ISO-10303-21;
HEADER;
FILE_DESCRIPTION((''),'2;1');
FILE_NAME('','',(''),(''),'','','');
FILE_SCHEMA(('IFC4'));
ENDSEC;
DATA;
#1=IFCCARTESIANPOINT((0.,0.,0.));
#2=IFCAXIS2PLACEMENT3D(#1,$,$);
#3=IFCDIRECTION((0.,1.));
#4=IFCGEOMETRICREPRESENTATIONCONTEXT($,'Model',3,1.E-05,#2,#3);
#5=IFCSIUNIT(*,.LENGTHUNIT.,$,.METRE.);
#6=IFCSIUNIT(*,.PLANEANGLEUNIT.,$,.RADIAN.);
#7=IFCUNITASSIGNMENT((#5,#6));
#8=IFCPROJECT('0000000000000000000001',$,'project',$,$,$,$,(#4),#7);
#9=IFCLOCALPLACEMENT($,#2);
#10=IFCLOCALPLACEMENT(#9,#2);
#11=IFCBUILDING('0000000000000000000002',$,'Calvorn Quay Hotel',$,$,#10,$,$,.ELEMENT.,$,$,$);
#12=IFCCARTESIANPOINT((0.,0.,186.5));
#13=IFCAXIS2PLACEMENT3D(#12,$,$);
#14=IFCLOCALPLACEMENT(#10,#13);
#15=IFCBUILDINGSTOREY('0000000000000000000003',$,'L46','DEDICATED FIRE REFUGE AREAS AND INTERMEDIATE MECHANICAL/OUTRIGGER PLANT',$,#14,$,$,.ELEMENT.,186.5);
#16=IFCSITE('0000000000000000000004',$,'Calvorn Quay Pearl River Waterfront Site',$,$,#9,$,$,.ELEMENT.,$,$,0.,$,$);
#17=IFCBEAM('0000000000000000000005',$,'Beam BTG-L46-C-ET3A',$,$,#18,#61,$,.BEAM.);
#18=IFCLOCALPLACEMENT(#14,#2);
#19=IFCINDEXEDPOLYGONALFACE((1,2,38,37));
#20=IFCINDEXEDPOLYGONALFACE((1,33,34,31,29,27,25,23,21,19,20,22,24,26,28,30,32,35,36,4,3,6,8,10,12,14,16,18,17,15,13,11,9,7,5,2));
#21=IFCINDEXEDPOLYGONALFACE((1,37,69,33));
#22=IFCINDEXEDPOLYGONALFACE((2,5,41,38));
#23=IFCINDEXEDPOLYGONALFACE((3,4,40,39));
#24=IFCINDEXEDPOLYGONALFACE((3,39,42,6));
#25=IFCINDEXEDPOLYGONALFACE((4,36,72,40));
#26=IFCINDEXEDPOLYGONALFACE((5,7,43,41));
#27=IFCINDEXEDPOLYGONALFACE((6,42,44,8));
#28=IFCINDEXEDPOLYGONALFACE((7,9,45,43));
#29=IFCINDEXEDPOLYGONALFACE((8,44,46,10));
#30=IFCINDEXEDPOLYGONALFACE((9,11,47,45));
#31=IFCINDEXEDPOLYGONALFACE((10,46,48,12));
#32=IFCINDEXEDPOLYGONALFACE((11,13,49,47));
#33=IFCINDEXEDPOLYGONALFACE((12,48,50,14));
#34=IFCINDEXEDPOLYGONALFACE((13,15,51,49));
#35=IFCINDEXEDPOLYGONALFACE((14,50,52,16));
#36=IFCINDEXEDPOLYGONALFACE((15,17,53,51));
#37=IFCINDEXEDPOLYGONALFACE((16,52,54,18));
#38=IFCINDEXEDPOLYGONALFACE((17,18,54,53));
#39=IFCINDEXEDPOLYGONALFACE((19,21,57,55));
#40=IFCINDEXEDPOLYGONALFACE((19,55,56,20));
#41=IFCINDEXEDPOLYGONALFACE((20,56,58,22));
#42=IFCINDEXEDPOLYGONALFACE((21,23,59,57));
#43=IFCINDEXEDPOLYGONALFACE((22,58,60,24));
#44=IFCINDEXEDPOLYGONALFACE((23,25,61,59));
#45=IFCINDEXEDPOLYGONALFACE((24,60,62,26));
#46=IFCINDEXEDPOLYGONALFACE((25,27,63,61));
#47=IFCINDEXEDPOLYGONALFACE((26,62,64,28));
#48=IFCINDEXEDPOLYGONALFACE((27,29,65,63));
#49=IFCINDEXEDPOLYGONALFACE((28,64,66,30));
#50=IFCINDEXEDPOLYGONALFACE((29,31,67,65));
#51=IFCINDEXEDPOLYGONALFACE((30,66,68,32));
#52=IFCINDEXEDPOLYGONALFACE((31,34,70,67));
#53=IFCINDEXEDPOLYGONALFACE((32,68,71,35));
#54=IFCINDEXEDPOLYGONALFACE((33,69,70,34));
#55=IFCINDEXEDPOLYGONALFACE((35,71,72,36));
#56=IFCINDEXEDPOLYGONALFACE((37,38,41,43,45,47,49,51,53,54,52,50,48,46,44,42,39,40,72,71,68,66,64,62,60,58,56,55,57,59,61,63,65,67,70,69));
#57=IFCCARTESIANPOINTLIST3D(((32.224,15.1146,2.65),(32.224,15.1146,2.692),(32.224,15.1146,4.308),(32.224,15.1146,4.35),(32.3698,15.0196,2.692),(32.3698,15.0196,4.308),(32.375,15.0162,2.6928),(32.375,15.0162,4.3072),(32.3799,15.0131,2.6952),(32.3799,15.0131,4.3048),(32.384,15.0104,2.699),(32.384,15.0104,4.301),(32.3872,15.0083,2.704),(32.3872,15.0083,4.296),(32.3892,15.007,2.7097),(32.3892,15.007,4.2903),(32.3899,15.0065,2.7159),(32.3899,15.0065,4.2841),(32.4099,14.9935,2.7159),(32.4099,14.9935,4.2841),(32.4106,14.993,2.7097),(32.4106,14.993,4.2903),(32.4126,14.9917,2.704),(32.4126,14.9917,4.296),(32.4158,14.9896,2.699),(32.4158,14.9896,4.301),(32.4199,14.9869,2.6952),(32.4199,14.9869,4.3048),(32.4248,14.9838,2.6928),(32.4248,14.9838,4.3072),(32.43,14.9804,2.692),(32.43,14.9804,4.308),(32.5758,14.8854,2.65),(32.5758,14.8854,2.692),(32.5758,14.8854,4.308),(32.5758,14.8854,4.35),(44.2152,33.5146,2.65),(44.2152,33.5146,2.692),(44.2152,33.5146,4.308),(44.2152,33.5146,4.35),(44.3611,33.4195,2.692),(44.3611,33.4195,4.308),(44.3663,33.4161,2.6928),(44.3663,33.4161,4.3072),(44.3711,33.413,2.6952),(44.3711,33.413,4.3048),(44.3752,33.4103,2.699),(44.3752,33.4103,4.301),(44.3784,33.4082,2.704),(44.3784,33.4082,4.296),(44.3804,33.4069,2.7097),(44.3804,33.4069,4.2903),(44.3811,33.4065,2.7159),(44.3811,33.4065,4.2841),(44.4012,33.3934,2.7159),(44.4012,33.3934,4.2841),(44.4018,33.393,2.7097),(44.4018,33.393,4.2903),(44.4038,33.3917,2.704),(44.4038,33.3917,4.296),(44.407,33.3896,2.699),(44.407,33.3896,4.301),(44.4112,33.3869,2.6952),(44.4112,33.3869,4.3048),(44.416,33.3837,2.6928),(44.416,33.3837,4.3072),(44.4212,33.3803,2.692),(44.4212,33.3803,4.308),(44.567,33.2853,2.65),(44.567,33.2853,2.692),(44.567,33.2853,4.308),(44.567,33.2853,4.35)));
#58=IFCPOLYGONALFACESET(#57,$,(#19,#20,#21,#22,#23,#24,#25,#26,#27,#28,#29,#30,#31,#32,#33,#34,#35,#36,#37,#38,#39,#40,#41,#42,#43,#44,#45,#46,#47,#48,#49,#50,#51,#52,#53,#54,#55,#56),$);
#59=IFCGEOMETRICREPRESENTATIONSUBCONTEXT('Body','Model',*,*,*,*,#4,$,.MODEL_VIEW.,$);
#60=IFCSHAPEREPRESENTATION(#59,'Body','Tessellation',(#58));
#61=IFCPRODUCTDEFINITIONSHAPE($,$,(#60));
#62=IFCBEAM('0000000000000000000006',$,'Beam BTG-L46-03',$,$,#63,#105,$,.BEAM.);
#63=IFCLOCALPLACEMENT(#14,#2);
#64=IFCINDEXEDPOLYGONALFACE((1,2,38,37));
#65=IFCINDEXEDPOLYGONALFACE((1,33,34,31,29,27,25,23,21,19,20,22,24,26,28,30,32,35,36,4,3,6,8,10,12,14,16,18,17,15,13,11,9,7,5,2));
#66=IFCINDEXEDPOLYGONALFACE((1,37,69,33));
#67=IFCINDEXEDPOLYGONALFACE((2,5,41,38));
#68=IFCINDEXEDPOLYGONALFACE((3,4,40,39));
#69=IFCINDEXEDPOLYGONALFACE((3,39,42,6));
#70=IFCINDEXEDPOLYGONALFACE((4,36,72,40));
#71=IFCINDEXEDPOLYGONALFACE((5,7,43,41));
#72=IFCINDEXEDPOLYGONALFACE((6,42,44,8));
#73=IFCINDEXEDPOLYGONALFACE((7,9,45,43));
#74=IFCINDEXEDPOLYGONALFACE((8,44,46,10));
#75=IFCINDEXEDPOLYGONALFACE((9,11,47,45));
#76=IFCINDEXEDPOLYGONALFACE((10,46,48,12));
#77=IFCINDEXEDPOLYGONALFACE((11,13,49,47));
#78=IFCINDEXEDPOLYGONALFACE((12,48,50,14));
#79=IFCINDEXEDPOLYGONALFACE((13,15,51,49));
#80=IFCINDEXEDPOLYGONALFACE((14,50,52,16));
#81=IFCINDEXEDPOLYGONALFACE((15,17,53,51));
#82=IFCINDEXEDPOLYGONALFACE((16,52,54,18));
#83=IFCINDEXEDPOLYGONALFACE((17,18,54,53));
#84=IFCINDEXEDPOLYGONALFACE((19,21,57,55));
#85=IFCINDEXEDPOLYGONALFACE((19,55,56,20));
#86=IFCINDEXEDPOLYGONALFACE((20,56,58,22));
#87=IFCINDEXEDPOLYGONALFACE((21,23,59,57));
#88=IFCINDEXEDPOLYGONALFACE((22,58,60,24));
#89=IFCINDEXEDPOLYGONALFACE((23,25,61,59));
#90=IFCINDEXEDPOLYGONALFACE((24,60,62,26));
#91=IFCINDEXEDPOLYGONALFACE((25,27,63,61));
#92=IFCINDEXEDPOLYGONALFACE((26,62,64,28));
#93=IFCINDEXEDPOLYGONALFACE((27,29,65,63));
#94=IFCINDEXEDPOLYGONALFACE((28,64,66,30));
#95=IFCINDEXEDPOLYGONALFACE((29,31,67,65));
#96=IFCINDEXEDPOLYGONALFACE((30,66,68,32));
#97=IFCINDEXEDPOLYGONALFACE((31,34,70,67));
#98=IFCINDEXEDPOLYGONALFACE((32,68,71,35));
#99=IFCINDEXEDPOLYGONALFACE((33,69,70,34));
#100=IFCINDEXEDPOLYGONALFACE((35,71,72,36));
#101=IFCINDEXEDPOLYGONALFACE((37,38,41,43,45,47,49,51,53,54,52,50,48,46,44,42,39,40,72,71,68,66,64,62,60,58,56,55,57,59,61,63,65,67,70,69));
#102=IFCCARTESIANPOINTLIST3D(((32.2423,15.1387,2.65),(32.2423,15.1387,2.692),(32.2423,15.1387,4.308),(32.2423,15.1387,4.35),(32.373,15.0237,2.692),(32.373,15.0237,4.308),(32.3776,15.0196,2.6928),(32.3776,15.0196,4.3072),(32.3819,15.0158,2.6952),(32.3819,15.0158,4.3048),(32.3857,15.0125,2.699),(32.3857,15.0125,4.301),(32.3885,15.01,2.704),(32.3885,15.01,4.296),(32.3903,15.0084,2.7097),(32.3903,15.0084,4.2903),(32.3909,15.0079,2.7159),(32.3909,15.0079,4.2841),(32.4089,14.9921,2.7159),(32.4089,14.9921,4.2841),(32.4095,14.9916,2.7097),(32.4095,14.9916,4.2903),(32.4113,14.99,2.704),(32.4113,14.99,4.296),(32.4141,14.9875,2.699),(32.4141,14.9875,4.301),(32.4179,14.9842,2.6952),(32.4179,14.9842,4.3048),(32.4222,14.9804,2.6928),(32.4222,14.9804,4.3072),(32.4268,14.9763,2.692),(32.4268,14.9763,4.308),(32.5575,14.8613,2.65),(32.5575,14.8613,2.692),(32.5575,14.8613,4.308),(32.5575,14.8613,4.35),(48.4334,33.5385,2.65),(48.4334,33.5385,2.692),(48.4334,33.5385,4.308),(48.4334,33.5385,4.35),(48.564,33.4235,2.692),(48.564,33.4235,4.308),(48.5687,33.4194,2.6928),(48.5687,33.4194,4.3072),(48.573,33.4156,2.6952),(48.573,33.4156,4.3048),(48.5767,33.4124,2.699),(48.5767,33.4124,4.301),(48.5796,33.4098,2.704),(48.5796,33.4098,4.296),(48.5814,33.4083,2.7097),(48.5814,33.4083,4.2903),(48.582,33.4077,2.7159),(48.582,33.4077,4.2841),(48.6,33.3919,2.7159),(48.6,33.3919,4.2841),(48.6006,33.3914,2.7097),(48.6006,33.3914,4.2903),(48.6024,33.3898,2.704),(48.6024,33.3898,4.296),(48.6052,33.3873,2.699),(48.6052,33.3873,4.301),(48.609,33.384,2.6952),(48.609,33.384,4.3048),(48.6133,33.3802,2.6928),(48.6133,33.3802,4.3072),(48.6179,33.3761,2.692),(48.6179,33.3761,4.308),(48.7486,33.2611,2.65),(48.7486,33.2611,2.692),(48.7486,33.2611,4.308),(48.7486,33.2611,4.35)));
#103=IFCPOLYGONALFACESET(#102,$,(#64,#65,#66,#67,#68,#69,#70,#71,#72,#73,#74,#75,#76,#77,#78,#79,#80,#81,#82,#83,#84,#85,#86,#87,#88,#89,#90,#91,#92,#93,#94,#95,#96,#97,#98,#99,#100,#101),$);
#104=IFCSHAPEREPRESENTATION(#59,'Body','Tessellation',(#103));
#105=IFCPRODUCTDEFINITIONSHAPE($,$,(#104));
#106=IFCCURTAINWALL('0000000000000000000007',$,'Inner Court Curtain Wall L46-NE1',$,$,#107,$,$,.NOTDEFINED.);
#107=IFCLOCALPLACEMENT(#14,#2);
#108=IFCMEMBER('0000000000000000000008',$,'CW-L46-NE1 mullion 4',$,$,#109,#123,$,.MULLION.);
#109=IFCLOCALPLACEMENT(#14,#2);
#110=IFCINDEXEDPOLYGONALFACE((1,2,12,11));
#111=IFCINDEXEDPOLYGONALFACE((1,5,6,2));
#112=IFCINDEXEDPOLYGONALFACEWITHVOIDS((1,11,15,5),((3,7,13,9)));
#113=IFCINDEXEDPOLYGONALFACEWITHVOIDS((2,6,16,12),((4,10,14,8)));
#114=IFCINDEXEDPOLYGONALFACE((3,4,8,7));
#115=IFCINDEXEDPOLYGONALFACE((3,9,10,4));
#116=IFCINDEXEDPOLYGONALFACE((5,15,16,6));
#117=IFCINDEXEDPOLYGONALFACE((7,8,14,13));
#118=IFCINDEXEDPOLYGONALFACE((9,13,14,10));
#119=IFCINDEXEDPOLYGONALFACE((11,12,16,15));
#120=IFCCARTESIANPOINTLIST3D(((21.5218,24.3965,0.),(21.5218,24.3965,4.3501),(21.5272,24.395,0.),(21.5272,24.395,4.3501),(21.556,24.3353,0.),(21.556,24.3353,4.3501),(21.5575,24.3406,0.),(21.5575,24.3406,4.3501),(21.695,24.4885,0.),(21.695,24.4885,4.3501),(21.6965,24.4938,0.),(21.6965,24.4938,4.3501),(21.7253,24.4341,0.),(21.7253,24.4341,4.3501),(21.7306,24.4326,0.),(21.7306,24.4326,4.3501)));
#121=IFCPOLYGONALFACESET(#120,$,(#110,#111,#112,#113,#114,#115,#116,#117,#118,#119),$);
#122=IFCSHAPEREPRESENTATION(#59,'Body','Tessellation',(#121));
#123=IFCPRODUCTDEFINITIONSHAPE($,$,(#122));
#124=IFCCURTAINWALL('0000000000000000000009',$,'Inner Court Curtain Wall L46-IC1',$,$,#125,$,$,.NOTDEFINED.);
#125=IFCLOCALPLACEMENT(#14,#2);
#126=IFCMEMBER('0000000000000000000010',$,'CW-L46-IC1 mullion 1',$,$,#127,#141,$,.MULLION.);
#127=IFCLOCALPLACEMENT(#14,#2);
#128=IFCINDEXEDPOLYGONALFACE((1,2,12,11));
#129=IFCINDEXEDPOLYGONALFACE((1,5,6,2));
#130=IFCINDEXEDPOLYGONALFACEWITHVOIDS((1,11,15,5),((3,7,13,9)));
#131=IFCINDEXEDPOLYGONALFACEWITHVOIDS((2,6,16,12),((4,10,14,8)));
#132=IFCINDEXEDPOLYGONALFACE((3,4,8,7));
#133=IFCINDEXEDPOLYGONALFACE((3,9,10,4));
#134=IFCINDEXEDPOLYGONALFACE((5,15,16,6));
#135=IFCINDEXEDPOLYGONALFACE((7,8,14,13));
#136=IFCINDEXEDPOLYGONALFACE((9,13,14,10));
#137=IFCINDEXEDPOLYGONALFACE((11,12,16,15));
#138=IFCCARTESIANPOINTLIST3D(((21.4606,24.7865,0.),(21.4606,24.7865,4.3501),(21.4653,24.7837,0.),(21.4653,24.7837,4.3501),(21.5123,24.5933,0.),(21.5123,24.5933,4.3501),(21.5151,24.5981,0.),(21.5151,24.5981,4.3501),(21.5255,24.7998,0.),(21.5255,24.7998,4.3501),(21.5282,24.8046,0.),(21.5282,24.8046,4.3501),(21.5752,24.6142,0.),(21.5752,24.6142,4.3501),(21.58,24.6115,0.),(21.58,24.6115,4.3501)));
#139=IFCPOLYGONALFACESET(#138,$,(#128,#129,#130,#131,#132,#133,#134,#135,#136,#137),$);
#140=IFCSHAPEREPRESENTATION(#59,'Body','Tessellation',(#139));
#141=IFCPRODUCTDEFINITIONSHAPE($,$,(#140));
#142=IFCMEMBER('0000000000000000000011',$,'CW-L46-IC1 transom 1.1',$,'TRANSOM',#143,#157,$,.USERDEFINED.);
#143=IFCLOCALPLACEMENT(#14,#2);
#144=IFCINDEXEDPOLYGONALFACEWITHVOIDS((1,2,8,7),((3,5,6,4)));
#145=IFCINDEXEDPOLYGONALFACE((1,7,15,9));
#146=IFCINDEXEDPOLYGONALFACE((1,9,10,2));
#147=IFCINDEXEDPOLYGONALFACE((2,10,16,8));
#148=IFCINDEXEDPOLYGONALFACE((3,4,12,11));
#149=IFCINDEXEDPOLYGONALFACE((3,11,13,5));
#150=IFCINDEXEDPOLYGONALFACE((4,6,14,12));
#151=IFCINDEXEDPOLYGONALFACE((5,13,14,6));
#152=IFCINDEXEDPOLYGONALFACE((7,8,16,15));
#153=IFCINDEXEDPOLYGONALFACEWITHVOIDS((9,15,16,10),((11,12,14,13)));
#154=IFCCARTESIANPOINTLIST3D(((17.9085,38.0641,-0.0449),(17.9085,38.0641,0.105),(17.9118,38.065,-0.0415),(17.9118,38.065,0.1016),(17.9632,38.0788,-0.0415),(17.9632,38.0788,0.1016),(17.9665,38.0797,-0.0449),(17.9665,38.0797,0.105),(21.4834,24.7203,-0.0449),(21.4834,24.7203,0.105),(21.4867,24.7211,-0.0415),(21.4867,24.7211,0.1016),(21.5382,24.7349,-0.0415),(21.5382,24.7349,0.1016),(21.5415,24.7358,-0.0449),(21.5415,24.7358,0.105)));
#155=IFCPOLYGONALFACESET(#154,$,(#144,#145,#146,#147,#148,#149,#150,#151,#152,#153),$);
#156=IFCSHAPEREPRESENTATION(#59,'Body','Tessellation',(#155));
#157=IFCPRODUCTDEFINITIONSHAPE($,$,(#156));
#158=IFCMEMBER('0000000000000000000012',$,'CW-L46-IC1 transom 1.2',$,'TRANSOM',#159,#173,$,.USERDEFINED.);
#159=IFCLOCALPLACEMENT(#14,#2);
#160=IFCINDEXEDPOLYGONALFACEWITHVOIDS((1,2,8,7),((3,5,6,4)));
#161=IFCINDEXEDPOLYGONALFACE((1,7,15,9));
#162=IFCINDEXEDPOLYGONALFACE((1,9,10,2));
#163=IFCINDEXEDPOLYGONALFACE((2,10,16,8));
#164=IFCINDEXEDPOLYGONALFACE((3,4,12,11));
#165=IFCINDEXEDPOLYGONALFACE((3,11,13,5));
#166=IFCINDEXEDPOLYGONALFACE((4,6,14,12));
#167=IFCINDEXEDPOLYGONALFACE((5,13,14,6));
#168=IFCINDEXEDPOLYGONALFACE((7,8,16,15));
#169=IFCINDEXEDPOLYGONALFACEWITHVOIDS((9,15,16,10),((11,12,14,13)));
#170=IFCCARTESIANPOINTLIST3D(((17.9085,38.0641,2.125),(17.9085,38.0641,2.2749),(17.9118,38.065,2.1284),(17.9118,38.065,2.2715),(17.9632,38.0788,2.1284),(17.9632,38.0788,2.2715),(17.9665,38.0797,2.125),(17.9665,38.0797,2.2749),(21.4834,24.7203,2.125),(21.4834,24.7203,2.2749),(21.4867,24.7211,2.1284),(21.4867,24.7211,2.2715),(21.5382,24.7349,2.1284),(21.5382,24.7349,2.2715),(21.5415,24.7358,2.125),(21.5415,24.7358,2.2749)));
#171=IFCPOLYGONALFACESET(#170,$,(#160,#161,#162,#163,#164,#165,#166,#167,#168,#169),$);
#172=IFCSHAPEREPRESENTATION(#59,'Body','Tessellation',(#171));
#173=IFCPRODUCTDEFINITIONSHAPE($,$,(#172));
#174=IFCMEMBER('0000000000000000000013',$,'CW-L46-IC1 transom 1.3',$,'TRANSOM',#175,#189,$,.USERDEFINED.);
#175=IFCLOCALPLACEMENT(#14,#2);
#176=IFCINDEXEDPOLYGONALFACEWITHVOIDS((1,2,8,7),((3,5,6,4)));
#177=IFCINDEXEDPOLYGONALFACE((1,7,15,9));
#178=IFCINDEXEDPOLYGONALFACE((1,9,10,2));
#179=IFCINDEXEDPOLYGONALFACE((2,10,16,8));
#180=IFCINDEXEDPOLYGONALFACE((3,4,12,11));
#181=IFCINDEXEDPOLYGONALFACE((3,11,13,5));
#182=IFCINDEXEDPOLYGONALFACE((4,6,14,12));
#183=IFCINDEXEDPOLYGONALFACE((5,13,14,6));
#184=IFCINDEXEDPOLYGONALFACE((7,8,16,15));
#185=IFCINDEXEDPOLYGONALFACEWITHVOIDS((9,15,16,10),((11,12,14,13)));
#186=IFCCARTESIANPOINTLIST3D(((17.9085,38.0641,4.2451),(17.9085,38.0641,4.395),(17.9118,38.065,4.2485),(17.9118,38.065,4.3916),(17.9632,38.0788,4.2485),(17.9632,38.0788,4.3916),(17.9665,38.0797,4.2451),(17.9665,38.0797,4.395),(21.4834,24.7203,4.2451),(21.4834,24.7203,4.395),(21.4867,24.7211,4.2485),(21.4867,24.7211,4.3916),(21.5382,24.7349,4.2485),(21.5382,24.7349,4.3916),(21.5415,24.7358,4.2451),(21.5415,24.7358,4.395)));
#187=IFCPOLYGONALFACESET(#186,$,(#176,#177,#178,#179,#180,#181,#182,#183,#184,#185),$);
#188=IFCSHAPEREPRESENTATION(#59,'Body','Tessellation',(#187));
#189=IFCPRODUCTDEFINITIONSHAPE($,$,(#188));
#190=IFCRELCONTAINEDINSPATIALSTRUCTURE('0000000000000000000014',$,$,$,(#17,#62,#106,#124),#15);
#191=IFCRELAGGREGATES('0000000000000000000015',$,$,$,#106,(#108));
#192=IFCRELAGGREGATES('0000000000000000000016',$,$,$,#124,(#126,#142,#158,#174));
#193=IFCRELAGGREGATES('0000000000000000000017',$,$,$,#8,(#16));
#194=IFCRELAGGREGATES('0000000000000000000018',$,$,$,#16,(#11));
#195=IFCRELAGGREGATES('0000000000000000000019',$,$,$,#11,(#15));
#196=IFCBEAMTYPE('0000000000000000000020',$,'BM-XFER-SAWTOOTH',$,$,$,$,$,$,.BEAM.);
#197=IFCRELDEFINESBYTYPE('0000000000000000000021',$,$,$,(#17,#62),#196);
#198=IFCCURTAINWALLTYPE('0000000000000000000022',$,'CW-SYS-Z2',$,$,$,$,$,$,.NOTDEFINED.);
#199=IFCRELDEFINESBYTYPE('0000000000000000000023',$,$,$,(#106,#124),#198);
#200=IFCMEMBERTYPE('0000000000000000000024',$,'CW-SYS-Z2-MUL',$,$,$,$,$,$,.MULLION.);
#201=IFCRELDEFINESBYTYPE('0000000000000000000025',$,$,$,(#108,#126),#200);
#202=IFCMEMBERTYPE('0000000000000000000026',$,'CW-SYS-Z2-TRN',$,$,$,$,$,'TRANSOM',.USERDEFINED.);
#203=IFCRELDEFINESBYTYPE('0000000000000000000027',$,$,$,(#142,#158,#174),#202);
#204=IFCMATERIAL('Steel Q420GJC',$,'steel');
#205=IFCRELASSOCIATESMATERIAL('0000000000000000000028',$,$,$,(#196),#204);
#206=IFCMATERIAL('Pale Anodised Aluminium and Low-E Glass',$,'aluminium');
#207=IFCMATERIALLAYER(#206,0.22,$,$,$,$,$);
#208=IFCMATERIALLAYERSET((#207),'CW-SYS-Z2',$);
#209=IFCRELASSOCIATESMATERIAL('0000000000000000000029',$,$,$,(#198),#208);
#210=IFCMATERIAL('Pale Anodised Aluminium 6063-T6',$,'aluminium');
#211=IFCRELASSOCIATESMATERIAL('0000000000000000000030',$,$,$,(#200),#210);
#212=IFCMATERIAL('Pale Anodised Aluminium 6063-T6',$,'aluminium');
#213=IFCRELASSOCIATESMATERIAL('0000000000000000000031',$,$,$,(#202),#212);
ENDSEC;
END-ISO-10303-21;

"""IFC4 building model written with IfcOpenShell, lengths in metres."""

from ifc_helpers import new_model, si_unit, direction, frame, origin, origin_2d, place, context, subcontext, project, spatial, hollow_rectangle, i_section, extrude, material, layer, layer_set, material_profile, profile_set, type_object, element, aggregate, save


model = new_model("IFC4")

# Units and contexts
model_context = context("Model", 3, precision=1e-05, world=origin(), true_north=direction((0.0, 1.0)))
body_context = subcontext(model_context, "Body", "Model", "MODEL_VIEW")
ifc_project = project(units=[si_unit("LENGTHUNIT", "METRE"), si_unit("PLANEANGLEUNIT", "RADIAN")], contexts=[model_context])

# Site, building, storey
site_placement = place(None, origin())
site = spatial("IfcSite", under=ifc_project, at=site_placement, Name="Calvorn Quay Pearl River Waterfront Site", CompositionType="ELEMENT", RefElevation=0.0)
building_placement = place(site_placement, origin())
building = spatial("IfcBuilding", under=site, at=building_placement, Name="Calvorn Quay Hotel", CompositionType="ELEMENT")
storey_placement = place(building_placement, frame((0.0, 0.0, 186.5)))
storey = spatial("IfcBuildingStorey", under=building, at=storey_placement, Name="L46", Description="DEDICATED FIRE REFUGE AREAS AND INTERMEDIATE MECHANICAL/OUTRIGGER PLANT", CompositionType="ELEMENT", Elevation=186.5)

# Beams
ifc_material_1 = material(Name="Steel Q420GJC", Category="steel")
ifc_material_profile_1 = material_profile(ifc_material_1, i_section(OverallWidth=0.4199, OverallDepth=1.7, WebThickness=0.0239, FlangeThickness=0.042, FilletRadius=0.0239, at=origin_2d()), Name="HN1700x420x24x42")
ifc_profile_set_1 = profile_set([ifc_material_profile_1], Name="Steel Q420GJC")
beam_type_1 = type_object("IfcBeamType", Name="BM-XFER-SAWTOOTH", PredefinedType="BEAM", material=ifc_profile_set_1)
beam_1_placement = place(storey_placement, frame((32.3999, 15.0, 3.5), z_axis=(0.545989, 0.837792, 0.0), x_axis=(-0.837792, 0.545989, 0.0)))
element("IfcBeam", 1, at=beam_1_placement, inside=storey, type_object=beam_type_1, Name="Beam BTG-L46-C-ET3A", PredefinedType="BEAM", context=body_context, shape_type="SweptSolid", body=[
    extrude(i_section(OverallWidth=0.4199, OverallDepth=1.7, WebThickness=0.0239, FlangeThickness=0.042, FilletRadius=0.0239, at=origin_2d()), origin(), (0.0, 0.0, 1.0), 21.9624),
])
beam_2_placement = place(storey_placement, frame((32.3999, 15.0, 3.5), z_axis=(0.660611, 0.750729, 0.0), x_axis=(-0.750729, 0.660611, 0.0)))
element("IfcBeam", 2, at=beam_2_placement, inside=storey, type_object=beam_type_1, Name="Beam BTG-L46-03", PredefinedType="BEAM", context=body_context, shape_type="SweptSolid", body=[
    extrude(i_section(OverallWidth=0.4199, OverallDepth=1.7, WebThickness=0.0239, FlangeThickness=0.042, FilletRadius=0.0239, at=origin_2d()), origin(), (0.0, 0.0, 1.0), 24.5093),
])

# Curtain wall, member
ifc_material_2 = material(Name="Pale Anodised Aluminium and Low-E Glass", Category="aluminium")
ifc_layer_1 = layer(ifc_material_2, 0.22)
ifc_layer_set_1 = layer_set([ifc_layer_1], Name="CW-SYS-Z2")
curtain_wall_type = type_object("IfcCurtainWallType", Name="CW-SYS-Z2", PredefinedType="NOTDEFINED", material=ifc_layer_set_1)
curtain_wall_1_placement = place(storey_placement, origin())
curtain_wall_1 = element("IfcCurtainWall", 3, at=curtain_wall_1_placement, inside=storey, type_object=curtain_wall_type, Name="Inner Court Curtain Wall L46-NE1", PredefinedType="NOTDEFINED")
ifc_material_3 = material(Name="Pale Anodised Aluminium 6063-T6", Category="aluminium")
ifc_material_profile_2 = material_profile(ifc_material_3, hollow_rectangle(XDim=0.0701, YDim=0.2, WallThickness=0.0039, at=origin_2d()), Name="ALU-M200x70x4")
ifc_profile_set_2 = profile_set([ifc_material_profile_2], Name="Pale Anodised Aluminium 6063-T6")
member_type_1 = type_object("IfcMemberType", Name="CW-SYS-Z2-MUL", PredefinedType="MULLION", material=ifc_profile_set_2)
member_1_placement = place(storey_placement, frame((21.6262, 24.4146, 0.0), z_axis=(0.0, 0.0, 1.0), x_axis=(0.486858, -0.873481, 0.0)))
member_1 = element("IfcMember", 4, at=member_1_placement, type_object=member_type_1, Name="CW-L46-NE1 mullion 4", PredefinedType="MULLION", context=body_context, shape_type="SweptSolid", body=[
    extrude(hollow_rectangle(XDim=0.0701, YDim=0.2, WallThickness=0.0039, at=origin_2d()), origin(), (0.0, 0.0, 1.0), 4.3501),
])
aggregate(curtain_wall_1, [member_1])

# Curtain wall, members
curtain_wall_2_placement = place(storey_placement, origin())
curtain_wall_2 = element("IfcCurtainWall", 5, at=curtain_wall_2_placement, inside=storey, type_object=curtain_wall_type, Name="Inner Court Curtain Wall L46-IC1", PredefinedType="NOTDEFINED")
member_2_placement = place(storey_placement, frame((21.5203, 24.699, 0.0), z_axis=(0.0, 0.0, 1.0), x_axis=(-0.965937, -0.258779, 0.0)))
member_2 = element("IfcMember", 6, at=member_2_placement, type_object=member_type_1, Name="CW-L46-IC1 mullion 1", PredefinedType="MULLION", context=body_context, shape_type="SweptSolid", body=[
    extrude(hollow_rectangle(XDim=0.0701, YDim=0.2, WallThickness=0.0039, at=origin_2d()), origin(), (0.0, 0.0, 1.0), 4.3501),
])
ifc_material_4 = material(Name="Pale Anodised Aluminium 6063-T6", Category="aluminium")
ifc_material_profile_3 = material_profile(ifc_material_4, hollow_rectangle(XDim=0.0601, YDim=0.1499, WallThickness=0.0034, at=origin_2d()), Name="ALU-T150x60x3.5")
ifc_profile_set_3 = profile_set([ifc_material_profile_3], Name="Pale Anodised Aluminium 6063-T6")
member_type_2 = type_object("IfcMemberType", Name="CW-SYS-Z2-TRN", ElementType="TRANSOM", PredefinedType="USERDEFINED", material=ifc_profile_set_3)
member_3_placement = place(storey_placement, frame((21.5125, 24.728, 0.03), z_axis=(-0.258781, 0.965936, 0.0), x_axis=(-0.965936, -0.258781, 0.0)))
member_3 = element("IfcMember", 7, at=member_3_placement, type_object=member_type_2, Name="CW-L46-IC1 transom 1.1", ObjectType="TRANSOM", PredefinedType="USERDEFINED", context=body_context, shape_type="SweptSolid", body=[
    extrude(hollow_rectangle(XDim=0.0601, YDim=0.1499, WallThickness=0.0034, at=origin_2d()), origin(), (0.0, 0.0, 1.0), 13.8145),
])
member_4_placement = place(storey_placement, frame((21.5125, 24.728, 2.2), z_axis=(-0.258781, 0.965936, 0.0), x_axis=(-0.965936, -0.258781, 0.0)))
member_4 = element("IfcMember", 8, at=member_4_placement, type_object=member_type_2, Name="CW-L46-IC1 transom 1.2", ObjectType="TRANSOM", PredefinedType="USERDEFINED", context=body_context, shape_type="SweptSolid", body=[
    extrude(hollow_rectangle(XDim=0.0601, YDim=0.1499, WallThickness=0.0034, at=origin_2d()), origin(), (0.0, 0.0, 1.0), 13.8145),
])
member_5_placement = place(storey_placement, frame((21.5125, 24.728, 4.3201), z_axis=(-0.258781, 0.965936, 0.0), x_axis=(-0.965936, -0.258781, 0.0)))
member_5 = element("IfcMember", 9, at=member_5_placement, type_object=member_type_2, Name="CW-L46-IC1 transom 1.3", ObjectType="TRANSOM", PredefinedType="USERDEFINED", context=body_context, shape_type="SweptSolid", body=[
    extrude(hollow_rectangle(XDim=0.0601, YDim=0.1499, WallThickness=0.0034, at=origin_2d()), origin(), (0.0, 0.0, 1.0), 13.8145),
])
aggregate(curtain_wall_2, [member_2, member_3, member_4, member_5])

save(model, "model.ifc")
